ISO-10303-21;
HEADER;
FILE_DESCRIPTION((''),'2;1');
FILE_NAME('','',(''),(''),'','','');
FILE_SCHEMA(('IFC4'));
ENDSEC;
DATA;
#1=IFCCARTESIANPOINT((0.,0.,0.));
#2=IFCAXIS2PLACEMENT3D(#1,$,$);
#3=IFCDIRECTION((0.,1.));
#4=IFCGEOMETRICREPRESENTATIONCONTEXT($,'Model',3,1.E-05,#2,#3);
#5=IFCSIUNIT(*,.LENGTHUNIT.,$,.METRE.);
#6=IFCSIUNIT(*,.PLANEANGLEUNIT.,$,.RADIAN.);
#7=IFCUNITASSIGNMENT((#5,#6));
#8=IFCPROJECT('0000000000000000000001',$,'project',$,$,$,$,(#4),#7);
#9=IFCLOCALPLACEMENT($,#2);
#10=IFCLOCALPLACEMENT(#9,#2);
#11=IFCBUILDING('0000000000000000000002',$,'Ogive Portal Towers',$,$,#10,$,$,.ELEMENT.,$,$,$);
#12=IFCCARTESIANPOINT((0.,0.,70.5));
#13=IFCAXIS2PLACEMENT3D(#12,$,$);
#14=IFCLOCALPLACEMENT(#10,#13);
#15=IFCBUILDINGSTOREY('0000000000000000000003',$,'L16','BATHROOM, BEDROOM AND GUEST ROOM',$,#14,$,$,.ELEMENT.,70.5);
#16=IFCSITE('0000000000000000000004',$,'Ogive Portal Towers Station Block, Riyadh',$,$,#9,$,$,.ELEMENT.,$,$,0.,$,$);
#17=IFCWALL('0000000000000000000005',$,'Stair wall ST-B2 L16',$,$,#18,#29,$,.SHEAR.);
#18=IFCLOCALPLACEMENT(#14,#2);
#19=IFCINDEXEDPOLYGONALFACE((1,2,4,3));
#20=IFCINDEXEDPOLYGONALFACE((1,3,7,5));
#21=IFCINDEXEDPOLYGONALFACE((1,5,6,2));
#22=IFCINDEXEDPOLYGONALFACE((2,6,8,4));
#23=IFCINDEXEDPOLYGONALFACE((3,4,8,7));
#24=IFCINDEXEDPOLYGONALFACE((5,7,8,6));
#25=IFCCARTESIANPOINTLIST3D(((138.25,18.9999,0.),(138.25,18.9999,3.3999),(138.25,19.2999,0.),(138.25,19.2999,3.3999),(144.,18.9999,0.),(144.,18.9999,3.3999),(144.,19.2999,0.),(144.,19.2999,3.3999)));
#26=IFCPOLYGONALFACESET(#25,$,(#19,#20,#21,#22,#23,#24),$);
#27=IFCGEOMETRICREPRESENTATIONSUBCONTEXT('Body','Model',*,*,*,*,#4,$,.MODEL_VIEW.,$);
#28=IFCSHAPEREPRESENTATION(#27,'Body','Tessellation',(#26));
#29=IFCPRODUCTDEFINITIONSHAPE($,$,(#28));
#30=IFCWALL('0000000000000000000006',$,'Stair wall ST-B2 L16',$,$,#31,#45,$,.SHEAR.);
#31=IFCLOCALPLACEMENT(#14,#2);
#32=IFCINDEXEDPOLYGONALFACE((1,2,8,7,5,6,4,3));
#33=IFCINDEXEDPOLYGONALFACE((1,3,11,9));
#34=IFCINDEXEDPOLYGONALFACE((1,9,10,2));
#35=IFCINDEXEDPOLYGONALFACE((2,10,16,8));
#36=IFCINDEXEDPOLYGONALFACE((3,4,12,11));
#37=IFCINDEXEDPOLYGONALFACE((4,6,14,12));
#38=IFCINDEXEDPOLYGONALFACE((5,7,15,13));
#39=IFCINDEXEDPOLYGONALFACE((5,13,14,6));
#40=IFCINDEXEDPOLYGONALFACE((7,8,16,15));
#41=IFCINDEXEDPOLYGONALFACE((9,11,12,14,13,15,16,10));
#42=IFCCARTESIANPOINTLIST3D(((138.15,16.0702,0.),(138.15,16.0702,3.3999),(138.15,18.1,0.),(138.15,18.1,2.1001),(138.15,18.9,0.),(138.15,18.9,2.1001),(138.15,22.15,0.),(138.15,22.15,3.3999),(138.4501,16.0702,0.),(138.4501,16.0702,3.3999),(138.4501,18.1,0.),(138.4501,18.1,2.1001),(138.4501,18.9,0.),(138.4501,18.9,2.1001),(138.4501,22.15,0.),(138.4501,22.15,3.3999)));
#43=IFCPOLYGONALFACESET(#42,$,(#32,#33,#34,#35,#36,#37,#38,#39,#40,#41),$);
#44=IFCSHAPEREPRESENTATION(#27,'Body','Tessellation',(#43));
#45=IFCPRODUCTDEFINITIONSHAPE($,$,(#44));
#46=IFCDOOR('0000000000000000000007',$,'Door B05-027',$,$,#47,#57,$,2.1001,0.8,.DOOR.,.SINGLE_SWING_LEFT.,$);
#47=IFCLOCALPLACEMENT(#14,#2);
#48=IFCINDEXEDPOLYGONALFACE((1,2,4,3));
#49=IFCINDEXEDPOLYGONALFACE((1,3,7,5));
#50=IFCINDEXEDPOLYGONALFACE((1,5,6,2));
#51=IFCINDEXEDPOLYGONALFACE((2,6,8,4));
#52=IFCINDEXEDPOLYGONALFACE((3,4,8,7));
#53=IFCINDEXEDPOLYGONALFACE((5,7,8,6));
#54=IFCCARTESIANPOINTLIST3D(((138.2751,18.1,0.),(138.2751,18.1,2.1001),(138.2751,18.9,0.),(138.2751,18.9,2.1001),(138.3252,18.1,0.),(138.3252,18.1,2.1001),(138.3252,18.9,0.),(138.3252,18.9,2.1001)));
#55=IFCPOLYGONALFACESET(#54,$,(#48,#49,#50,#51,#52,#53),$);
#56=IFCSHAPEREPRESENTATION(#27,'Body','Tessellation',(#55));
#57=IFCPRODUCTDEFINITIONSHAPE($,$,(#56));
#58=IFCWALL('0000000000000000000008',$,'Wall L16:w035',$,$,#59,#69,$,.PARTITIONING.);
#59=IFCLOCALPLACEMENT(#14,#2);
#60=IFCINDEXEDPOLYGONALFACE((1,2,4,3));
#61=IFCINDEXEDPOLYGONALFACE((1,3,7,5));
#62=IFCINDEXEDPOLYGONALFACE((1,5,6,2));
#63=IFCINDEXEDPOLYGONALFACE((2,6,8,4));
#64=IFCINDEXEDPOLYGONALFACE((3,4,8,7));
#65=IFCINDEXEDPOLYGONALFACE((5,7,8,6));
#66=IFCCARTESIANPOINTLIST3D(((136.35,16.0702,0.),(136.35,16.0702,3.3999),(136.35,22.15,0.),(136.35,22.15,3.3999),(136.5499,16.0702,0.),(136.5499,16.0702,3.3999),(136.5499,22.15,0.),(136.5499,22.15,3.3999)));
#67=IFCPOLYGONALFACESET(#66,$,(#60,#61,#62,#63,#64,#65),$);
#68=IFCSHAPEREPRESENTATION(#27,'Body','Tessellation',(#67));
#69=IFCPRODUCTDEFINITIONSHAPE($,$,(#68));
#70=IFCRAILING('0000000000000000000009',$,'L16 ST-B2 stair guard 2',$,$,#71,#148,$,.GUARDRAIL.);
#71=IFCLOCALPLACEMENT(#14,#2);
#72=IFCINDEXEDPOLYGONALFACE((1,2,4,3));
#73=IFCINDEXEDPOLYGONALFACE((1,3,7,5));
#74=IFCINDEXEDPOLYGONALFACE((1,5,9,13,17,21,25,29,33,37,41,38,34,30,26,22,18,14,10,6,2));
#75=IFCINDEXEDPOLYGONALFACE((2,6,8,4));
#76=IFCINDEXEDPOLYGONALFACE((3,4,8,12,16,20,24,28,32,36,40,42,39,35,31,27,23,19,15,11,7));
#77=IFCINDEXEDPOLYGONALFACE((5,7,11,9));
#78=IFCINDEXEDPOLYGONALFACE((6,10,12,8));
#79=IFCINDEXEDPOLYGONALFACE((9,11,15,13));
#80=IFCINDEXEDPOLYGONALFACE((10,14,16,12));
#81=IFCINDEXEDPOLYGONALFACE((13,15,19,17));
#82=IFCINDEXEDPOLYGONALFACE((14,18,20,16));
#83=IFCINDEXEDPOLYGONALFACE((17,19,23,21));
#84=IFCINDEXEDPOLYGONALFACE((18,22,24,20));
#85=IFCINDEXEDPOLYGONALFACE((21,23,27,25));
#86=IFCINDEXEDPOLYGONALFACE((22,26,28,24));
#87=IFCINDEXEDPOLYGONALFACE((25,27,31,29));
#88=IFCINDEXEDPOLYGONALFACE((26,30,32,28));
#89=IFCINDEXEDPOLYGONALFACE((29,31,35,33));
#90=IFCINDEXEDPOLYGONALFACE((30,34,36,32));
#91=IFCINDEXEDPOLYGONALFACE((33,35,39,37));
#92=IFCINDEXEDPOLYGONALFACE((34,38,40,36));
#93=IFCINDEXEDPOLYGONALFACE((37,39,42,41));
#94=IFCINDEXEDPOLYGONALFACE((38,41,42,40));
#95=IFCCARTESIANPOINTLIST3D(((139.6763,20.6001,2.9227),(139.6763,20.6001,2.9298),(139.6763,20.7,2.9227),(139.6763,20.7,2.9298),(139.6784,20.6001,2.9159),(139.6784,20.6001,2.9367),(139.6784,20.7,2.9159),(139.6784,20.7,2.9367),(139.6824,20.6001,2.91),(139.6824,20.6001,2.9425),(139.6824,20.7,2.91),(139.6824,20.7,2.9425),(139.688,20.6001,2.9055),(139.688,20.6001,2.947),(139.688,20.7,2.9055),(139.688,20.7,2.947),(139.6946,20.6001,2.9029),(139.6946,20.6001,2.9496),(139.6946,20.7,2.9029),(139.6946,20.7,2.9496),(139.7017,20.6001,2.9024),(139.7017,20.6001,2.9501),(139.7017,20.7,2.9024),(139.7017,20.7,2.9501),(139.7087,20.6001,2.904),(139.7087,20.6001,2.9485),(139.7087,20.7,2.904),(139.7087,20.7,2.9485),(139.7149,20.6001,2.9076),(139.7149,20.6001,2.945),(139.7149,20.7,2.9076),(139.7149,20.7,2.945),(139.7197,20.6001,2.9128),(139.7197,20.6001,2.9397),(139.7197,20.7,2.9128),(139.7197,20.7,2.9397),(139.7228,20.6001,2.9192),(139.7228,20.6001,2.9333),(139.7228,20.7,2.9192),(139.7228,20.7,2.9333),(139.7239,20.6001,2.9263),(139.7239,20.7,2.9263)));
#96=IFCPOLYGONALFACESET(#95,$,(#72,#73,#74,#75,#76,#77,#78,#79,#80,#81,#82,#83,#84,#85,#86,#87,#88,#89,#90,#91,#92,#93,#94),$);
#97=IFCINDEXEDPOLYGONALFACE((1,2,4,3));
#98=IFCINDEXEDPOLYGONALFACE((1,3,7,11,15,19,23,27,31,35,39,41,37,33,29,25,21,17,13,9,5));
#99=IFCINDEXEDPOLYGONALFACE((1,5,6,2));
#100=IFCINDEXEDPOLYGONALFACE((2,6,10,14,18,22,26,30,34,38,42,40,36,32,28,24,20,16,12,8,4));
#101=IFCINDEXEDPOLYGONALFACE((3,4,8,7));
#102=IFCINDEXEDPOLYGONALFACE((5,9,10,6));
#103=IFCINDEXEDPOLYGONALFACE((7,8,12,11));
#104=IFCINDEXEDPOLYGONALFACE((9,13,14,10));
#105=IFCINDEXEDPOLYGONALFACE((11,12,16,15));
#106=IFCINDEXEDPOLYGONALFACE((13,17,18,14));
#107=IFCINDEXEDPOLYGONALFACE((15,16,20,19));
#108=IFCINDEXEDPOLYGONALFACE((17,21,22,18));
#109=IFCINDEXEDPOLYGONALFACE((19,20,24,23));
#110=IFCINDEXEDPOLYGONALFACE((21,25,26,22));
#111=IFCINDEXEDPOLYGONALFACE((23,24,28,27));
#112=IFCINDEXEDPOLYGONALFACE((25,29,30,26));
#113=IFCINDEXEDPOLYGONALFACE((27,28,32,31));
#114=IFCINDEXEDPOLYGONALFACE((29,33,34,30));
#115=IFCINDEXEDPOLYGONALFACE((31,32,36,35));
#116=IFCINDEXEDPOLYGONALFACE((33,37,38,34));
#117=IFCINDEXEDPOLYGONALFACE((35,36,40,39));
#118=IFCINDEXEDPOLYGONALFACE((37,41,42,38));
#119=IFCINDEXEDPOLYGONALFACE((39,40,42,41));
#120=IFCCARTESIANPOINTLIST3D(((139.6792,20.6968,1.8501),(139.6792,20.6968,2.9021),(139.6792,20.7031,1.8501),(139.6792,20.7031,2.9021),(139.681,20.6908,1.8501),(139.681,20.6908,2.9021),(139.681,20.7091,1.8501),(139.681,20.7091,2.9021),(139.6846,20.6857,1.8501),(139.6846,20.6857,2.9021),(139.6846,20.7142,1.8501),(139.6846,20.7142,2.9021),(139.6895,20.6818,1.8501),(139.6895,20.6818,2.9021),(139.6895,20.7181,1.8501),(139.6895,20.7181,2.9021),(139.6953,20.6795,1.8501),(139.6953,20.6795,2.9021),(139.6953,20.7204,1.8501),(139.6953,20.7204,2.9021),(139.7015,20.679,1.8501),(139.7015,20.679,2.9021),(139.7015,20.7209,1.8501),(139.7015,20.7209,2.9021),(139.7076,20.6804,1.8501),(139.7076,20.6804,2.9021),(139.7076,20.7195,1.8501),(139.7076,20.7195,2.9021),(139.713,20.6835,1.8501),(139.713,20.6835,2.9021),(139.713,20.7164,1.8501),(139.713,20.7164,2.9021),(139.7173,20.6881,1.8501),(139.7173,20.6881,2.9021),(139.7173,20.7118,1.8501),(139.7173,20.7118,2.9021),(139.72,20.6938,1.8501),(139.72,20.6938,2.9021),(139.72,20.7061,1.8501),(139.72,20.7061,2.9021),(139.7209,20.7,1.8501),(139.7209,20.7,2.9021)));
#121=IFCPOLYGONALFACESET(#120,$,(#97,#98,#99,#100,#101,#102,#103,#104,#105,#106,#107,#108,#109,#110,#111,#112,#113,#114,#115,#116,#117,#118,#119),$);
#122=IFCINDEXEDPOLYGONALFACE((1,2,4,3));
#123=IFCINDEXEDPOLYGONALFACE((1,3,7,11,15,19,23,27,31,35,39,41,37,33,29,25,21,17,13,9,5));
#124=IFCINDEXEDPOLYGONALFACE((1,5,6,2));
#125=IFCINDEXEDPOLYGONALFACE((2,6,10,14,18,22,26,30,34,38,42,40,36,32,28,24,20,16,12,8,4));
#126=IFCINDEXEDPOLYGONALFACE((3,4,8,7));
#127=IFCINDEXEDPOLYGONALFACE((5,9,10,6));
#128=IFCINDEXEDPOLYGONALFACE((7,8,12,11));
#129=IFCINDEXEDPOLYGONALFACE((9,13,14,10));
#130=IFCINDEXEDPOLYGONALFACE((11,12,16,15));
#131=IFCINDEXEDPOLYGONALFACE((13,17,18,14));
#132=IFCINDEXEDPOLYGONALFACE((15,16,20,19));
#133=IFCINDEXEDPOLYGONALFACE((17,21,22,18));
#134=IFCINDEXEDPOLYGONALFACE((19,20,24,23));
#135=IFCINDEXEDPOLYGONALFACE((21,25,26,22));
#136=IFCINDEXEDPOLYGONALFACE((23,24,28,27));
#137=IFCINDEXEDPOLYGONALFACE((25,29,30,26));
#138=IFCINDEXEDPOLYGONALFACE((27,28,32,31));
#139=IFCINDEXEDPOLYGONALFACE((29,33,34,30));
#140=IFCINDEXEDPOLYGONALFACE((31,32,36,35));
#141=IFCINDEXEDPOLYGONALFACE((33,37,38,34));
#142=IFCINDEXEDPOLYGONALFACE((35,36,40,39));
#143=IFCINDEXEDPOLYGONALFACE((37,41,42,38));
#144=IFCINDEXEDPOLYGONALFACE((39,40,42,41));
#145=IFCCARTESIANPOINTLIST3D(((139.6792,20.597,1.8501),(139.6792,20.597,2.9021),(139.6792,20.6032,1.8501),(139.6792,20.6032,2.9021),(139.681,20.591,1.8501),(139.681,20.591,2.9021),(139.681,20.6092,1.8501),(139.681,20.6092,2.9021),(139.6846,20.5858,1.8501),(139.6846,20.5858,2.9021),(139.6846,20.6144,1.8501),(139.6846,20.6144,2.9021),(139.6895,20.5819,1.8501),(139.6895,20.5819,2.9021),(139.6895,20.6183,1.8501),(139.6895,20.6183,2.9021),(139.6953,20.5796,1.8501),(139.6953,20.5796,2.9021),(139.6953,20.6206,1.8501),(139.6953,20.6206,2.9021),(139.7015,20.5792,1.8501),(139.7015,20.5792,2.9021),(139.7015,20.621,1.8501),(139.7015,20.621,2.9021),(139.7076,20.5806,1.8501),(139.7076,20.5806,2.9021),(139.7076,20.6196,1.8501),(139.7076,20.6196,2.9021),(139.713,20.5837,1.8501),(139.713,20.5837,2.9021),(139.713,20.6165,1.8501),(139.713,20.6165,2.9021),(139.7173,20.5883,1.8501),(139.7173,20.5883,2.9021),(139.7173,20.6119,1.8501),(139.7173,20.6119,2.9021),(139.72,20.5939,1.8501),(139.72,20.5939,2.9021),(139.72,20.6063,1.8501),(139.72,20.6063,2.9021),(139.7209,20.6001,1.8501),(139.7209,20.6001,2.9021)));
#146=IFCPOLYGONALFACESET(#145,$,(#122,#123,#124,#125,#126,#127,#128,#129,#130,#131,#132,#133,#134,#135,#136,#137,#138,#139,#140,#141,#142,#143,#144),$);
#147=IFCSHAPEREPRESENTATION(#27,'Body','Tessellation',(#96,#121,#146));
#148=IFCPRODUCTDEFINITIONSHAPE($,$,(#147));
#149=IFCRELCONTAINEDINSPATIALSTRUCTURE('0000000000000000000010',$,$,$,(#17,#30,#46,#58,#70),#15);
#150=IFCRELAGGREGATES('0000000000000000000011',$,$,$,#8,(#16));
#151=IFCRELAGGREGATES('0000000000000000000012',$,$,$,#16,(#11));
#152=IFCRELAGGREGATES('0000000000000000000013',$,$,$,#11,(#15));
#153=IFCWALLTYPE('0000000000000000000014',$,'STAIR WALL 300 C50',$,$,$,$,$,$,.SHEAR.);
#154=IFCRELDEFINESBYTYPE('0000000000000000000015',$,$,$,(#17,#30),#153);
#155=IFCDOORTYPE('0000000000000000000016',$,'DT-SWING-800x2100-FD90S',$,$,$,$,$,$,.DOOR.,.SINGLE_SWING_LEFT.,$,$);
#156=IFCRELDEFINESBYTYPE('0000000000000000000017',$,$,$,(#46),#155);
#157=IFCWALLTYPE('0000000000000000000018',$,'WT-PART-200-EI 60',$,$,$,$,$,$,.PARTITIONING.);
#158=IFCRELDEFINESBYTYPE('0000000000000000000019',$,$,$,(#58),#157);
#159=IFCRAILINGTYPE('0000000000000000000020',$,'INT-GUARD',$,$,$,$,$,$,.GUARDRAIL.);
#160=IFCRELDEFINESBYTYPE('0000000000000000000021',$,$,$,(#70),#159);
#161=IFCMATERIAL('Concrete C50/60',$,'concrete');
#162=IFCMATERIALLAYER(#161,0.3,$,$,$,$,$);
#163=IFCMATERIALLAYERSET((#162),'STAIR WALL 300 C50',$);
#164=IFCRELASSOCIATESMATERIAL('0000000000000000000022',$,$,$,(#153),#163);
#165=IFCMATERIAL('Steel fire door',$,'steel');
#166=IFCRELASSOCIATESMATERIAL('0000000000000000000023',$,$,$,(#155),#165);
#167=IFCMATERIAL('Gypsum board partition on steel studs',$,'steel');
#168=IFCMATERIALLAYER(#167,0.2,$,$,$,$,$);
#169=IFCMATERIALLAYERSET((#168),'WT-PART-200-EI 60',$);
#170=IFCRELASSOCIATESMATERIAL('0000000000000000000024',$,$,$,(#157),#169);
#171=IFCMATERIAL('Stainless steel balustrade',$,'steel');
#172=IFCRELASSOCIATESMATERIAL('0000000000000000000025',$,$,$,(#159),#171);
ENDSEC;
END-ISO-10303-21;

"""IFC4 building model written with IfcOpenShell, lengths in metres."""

from ifc_helpers import new_model, si_unit, direction, frame, frame_2d, origin, origin_2d, place, context, subcontext, project, spatial, rectangle, circle, extrude, material, layer, layer_set, type_object, element, fill, save


model = new_model("IFC4")

# Units and contexts
model_context = context("Model", 3, precision=1e-05, world=origin(), true_north=direction((0.0, 1.0)))
body_context = subcontext(model_context, "Body", "Model", "MODEL_VIEW")
ifc_project = project(units=[si_unit("LENGTHUNIT", "METRE"), si_unit("PLANEANGLEUNIT", "RADIAN")], contexts=[model_context])

# Site, building, storey
site_placement = place(None, origin())
site = spatial("IfcSite", under=ifc_project, at=site_placement, Name="Ogive Portal Towers Station Block, Riyadh", CompositionType="ELEMENT", RefElevation=0.0)
building_placement = place(site_placement, origin())
building = spatial("IfcBuilding", under=site, at=building_placement, Name="Ogive Portal Towers", CompositionType="ELEMENT")
storey_placement = place(building_placement, frame((0.0, 0.0, 70.5)))
storey = spatial("IfcBuildingStorey", under=building, at=storey_placement, Name="L16", Description="BATHROOM, BEDROOM AND GUEST ROOM", CompositionType="ELEMENT", Elevation=70.5)

# Shared definitions
ifc_material_1 = material(Name="Concrete C50/60", Category="concrete")

# Shared definitions
ifc_material_2 = material(Name="Steel fire door", Category="steel")

# Wall
ifc_layer_1 = layer(ifc_material_1, 0.3)
ifc_layer_set_1 = layer_set([ifc_layer_1], Name="STAIR WALL 300 C50")
wall_type_1 = type_object("IfcWallType", Name="STAIR WALL 300 C50", PredefinedType="SHEAR", material=ifc_layer_set_1)
wall_1_placement = place(storey_placement, frame((138.25, 19.1499, 0.0), z_axis=(0.0, 0.0, 1.0), x_axis=(1.0, 0.0, 0.0)))
element("IfcWall", 1, at=wall_1_placement, inside=storey, type_object=wall_type_1, Name="Stair wall ST-B2 L16", PredefinedType="SHEAR", context=body_context, shape_type="SweptSolid", body=[
    extrude(rectangle(XDim=5.75, YDim=0.3, at=frame_2d((2.875, 0.0))), origin(), (0.0, 0.0, 1.0), 3.3999),
])

# Wall, opening, door
wall_2_placement = place(storey_placement, frame((138.3, 16.0701, 0.0), z_axis=(0.0, 0.0, 1.0), x_axis=(0.0, 1.0, 0.0)))
wall_2 = element("IfcWall", 2, at=wall_2_placement, inside=storey, type_object=wall_type_1, Name="Stair wall ST-B2 L16", PredefinedType="SHEAR", context=body_context, shape_type="SweptSolid", body=[
    extrude(rectangle(XDim=6.0798, YDim=0.3, at=frame_2d((3.04, 0.0))), origin(), (0.0, 0.0, 1.0), 3.3999),
])
opening_1_placement = place(wall_2_placement, frame((2.03, 0.0, 0.0)))
opening_1 = element("IfcOpeningElement", 3, at=opening_1_placement, cuts=wall_2, PredefinedType="OPENING", context=body_context, shape_type="SweptSolid", body=[
    extrude(rectangle(XDim=0.8, YDim=2.1001, at=frame_2d((0.3999, 1.05))), frame((0.0, 0.1602, 0.0), z_axis=(0.0, -1.0, 0.0), x_axis=(1.0, 0.0, 0.0)), (0.0, 0.0, 1.0), 0.3201),
])
door_type_1 = type_object("IfcDoorType", Name="DT-SWING-800x2100-FD90S", OperationType="SINGLE_SWING_LEFT", PredefinedType="DOOR", material=ifc_material_2)
door_1_placement = place(opening_1_placement, origin())
door_1 = element("IfcDoor", 4, at=door_1_placement, inside=storey, type_object=door_type_1, Name="Door B05-027", OperationType="SINGLE_SWING_LEFT", OverallHeight=2.1001, OverallWidth=0.8, PredefinedType="DOOR", context=body_context, shape_type="SweptSolid", body=[
    extrude(rectangle(XDim=0.8, YDim=2.1001, at=frame_2d((0.3999, 1.05))), frame((0.0, 0.0249, 0.0), z_axis=(0.0, -1.0, 0.0), x_axis=(1.0, 0.0, 0.0)), (0.0, 0.0, 1.0), 0.05),
])
fill(opening_1, door_1)

# Wall
ifc_material_3 = material(Name="Gypsum board partition on steel studs", Category="steel")
ifc_layer_2 = layer(ifc_material_3, 0.2)
ifc_layer_set_2 = layer_set([ifc_layer_2], Name="WT-PART-200-EI 60")
wall_type_2 = type_object("IfcWallType", Name="WT-PART-200-EI 60", PredefinedType="PARTITIONING", material=ifc_layer_set_2)
wall_3_placement = place(storey_placement, frame((136.45, 16.0701, 0.0), z_axis=(0.0, 0.0, 1.0), x_axis=(0.0, 1.0, 0.0)))
element("IfcWall", 5, at=wall_3_placement, inside=storey, type_object=wall_type_2, Name="Wall L16:w035", PredefinedType="PARTITIONING", context=body_context, shape_type="SweptSolid", body=[
    extrude(rectangle(XDim=6.0798, YDim=0.2, at=frame_2d((3.04, 0.0))), origin(), (0.0, 0.0, 1.0), 3.3999),
])

# Railing
ifc_material_4 = material(Name="Stainless steel balustrade", Category="steel")
railing_type_1 = type_object("IfcRailingType", Name="INT-GUARD", PredefinedType="GUARDRAIL", material=ifc_material_4)
railing_1_placement = place(storey_placement, frame((139.7, 20.7, 1.8501)))
element("IfcRailing", 6, at=railing_1_placement, inside=storey, type_object=railing_type_1, Name="L16 ST-B2 stair guard 2", PredefinedType="GUARDRAIL", context=body_context, shape_type="SweptSolid", body=[
    extrude(circle(Radius=0.0239, at=origin_2d()), frame((0.0, 0.0, 1.0762), z_axis=(0.0, -1.0, 0.0), x_axis=(1.0, 0.0, 0.0)), (0.0, 0.0, 1.0), 0.0999),
    extrude(circle(Radius=0.021, at=origin_2d()), origin(), (0.0, 0.0, 1.0), 1.052),
    extrude(circle(Radius=0.021, at=origin_2d()), frame((0.0, -0.0999, 0.0)), (0.0, 0.0, 1.0), 1.052),
])

save(model, "model.ifc")
